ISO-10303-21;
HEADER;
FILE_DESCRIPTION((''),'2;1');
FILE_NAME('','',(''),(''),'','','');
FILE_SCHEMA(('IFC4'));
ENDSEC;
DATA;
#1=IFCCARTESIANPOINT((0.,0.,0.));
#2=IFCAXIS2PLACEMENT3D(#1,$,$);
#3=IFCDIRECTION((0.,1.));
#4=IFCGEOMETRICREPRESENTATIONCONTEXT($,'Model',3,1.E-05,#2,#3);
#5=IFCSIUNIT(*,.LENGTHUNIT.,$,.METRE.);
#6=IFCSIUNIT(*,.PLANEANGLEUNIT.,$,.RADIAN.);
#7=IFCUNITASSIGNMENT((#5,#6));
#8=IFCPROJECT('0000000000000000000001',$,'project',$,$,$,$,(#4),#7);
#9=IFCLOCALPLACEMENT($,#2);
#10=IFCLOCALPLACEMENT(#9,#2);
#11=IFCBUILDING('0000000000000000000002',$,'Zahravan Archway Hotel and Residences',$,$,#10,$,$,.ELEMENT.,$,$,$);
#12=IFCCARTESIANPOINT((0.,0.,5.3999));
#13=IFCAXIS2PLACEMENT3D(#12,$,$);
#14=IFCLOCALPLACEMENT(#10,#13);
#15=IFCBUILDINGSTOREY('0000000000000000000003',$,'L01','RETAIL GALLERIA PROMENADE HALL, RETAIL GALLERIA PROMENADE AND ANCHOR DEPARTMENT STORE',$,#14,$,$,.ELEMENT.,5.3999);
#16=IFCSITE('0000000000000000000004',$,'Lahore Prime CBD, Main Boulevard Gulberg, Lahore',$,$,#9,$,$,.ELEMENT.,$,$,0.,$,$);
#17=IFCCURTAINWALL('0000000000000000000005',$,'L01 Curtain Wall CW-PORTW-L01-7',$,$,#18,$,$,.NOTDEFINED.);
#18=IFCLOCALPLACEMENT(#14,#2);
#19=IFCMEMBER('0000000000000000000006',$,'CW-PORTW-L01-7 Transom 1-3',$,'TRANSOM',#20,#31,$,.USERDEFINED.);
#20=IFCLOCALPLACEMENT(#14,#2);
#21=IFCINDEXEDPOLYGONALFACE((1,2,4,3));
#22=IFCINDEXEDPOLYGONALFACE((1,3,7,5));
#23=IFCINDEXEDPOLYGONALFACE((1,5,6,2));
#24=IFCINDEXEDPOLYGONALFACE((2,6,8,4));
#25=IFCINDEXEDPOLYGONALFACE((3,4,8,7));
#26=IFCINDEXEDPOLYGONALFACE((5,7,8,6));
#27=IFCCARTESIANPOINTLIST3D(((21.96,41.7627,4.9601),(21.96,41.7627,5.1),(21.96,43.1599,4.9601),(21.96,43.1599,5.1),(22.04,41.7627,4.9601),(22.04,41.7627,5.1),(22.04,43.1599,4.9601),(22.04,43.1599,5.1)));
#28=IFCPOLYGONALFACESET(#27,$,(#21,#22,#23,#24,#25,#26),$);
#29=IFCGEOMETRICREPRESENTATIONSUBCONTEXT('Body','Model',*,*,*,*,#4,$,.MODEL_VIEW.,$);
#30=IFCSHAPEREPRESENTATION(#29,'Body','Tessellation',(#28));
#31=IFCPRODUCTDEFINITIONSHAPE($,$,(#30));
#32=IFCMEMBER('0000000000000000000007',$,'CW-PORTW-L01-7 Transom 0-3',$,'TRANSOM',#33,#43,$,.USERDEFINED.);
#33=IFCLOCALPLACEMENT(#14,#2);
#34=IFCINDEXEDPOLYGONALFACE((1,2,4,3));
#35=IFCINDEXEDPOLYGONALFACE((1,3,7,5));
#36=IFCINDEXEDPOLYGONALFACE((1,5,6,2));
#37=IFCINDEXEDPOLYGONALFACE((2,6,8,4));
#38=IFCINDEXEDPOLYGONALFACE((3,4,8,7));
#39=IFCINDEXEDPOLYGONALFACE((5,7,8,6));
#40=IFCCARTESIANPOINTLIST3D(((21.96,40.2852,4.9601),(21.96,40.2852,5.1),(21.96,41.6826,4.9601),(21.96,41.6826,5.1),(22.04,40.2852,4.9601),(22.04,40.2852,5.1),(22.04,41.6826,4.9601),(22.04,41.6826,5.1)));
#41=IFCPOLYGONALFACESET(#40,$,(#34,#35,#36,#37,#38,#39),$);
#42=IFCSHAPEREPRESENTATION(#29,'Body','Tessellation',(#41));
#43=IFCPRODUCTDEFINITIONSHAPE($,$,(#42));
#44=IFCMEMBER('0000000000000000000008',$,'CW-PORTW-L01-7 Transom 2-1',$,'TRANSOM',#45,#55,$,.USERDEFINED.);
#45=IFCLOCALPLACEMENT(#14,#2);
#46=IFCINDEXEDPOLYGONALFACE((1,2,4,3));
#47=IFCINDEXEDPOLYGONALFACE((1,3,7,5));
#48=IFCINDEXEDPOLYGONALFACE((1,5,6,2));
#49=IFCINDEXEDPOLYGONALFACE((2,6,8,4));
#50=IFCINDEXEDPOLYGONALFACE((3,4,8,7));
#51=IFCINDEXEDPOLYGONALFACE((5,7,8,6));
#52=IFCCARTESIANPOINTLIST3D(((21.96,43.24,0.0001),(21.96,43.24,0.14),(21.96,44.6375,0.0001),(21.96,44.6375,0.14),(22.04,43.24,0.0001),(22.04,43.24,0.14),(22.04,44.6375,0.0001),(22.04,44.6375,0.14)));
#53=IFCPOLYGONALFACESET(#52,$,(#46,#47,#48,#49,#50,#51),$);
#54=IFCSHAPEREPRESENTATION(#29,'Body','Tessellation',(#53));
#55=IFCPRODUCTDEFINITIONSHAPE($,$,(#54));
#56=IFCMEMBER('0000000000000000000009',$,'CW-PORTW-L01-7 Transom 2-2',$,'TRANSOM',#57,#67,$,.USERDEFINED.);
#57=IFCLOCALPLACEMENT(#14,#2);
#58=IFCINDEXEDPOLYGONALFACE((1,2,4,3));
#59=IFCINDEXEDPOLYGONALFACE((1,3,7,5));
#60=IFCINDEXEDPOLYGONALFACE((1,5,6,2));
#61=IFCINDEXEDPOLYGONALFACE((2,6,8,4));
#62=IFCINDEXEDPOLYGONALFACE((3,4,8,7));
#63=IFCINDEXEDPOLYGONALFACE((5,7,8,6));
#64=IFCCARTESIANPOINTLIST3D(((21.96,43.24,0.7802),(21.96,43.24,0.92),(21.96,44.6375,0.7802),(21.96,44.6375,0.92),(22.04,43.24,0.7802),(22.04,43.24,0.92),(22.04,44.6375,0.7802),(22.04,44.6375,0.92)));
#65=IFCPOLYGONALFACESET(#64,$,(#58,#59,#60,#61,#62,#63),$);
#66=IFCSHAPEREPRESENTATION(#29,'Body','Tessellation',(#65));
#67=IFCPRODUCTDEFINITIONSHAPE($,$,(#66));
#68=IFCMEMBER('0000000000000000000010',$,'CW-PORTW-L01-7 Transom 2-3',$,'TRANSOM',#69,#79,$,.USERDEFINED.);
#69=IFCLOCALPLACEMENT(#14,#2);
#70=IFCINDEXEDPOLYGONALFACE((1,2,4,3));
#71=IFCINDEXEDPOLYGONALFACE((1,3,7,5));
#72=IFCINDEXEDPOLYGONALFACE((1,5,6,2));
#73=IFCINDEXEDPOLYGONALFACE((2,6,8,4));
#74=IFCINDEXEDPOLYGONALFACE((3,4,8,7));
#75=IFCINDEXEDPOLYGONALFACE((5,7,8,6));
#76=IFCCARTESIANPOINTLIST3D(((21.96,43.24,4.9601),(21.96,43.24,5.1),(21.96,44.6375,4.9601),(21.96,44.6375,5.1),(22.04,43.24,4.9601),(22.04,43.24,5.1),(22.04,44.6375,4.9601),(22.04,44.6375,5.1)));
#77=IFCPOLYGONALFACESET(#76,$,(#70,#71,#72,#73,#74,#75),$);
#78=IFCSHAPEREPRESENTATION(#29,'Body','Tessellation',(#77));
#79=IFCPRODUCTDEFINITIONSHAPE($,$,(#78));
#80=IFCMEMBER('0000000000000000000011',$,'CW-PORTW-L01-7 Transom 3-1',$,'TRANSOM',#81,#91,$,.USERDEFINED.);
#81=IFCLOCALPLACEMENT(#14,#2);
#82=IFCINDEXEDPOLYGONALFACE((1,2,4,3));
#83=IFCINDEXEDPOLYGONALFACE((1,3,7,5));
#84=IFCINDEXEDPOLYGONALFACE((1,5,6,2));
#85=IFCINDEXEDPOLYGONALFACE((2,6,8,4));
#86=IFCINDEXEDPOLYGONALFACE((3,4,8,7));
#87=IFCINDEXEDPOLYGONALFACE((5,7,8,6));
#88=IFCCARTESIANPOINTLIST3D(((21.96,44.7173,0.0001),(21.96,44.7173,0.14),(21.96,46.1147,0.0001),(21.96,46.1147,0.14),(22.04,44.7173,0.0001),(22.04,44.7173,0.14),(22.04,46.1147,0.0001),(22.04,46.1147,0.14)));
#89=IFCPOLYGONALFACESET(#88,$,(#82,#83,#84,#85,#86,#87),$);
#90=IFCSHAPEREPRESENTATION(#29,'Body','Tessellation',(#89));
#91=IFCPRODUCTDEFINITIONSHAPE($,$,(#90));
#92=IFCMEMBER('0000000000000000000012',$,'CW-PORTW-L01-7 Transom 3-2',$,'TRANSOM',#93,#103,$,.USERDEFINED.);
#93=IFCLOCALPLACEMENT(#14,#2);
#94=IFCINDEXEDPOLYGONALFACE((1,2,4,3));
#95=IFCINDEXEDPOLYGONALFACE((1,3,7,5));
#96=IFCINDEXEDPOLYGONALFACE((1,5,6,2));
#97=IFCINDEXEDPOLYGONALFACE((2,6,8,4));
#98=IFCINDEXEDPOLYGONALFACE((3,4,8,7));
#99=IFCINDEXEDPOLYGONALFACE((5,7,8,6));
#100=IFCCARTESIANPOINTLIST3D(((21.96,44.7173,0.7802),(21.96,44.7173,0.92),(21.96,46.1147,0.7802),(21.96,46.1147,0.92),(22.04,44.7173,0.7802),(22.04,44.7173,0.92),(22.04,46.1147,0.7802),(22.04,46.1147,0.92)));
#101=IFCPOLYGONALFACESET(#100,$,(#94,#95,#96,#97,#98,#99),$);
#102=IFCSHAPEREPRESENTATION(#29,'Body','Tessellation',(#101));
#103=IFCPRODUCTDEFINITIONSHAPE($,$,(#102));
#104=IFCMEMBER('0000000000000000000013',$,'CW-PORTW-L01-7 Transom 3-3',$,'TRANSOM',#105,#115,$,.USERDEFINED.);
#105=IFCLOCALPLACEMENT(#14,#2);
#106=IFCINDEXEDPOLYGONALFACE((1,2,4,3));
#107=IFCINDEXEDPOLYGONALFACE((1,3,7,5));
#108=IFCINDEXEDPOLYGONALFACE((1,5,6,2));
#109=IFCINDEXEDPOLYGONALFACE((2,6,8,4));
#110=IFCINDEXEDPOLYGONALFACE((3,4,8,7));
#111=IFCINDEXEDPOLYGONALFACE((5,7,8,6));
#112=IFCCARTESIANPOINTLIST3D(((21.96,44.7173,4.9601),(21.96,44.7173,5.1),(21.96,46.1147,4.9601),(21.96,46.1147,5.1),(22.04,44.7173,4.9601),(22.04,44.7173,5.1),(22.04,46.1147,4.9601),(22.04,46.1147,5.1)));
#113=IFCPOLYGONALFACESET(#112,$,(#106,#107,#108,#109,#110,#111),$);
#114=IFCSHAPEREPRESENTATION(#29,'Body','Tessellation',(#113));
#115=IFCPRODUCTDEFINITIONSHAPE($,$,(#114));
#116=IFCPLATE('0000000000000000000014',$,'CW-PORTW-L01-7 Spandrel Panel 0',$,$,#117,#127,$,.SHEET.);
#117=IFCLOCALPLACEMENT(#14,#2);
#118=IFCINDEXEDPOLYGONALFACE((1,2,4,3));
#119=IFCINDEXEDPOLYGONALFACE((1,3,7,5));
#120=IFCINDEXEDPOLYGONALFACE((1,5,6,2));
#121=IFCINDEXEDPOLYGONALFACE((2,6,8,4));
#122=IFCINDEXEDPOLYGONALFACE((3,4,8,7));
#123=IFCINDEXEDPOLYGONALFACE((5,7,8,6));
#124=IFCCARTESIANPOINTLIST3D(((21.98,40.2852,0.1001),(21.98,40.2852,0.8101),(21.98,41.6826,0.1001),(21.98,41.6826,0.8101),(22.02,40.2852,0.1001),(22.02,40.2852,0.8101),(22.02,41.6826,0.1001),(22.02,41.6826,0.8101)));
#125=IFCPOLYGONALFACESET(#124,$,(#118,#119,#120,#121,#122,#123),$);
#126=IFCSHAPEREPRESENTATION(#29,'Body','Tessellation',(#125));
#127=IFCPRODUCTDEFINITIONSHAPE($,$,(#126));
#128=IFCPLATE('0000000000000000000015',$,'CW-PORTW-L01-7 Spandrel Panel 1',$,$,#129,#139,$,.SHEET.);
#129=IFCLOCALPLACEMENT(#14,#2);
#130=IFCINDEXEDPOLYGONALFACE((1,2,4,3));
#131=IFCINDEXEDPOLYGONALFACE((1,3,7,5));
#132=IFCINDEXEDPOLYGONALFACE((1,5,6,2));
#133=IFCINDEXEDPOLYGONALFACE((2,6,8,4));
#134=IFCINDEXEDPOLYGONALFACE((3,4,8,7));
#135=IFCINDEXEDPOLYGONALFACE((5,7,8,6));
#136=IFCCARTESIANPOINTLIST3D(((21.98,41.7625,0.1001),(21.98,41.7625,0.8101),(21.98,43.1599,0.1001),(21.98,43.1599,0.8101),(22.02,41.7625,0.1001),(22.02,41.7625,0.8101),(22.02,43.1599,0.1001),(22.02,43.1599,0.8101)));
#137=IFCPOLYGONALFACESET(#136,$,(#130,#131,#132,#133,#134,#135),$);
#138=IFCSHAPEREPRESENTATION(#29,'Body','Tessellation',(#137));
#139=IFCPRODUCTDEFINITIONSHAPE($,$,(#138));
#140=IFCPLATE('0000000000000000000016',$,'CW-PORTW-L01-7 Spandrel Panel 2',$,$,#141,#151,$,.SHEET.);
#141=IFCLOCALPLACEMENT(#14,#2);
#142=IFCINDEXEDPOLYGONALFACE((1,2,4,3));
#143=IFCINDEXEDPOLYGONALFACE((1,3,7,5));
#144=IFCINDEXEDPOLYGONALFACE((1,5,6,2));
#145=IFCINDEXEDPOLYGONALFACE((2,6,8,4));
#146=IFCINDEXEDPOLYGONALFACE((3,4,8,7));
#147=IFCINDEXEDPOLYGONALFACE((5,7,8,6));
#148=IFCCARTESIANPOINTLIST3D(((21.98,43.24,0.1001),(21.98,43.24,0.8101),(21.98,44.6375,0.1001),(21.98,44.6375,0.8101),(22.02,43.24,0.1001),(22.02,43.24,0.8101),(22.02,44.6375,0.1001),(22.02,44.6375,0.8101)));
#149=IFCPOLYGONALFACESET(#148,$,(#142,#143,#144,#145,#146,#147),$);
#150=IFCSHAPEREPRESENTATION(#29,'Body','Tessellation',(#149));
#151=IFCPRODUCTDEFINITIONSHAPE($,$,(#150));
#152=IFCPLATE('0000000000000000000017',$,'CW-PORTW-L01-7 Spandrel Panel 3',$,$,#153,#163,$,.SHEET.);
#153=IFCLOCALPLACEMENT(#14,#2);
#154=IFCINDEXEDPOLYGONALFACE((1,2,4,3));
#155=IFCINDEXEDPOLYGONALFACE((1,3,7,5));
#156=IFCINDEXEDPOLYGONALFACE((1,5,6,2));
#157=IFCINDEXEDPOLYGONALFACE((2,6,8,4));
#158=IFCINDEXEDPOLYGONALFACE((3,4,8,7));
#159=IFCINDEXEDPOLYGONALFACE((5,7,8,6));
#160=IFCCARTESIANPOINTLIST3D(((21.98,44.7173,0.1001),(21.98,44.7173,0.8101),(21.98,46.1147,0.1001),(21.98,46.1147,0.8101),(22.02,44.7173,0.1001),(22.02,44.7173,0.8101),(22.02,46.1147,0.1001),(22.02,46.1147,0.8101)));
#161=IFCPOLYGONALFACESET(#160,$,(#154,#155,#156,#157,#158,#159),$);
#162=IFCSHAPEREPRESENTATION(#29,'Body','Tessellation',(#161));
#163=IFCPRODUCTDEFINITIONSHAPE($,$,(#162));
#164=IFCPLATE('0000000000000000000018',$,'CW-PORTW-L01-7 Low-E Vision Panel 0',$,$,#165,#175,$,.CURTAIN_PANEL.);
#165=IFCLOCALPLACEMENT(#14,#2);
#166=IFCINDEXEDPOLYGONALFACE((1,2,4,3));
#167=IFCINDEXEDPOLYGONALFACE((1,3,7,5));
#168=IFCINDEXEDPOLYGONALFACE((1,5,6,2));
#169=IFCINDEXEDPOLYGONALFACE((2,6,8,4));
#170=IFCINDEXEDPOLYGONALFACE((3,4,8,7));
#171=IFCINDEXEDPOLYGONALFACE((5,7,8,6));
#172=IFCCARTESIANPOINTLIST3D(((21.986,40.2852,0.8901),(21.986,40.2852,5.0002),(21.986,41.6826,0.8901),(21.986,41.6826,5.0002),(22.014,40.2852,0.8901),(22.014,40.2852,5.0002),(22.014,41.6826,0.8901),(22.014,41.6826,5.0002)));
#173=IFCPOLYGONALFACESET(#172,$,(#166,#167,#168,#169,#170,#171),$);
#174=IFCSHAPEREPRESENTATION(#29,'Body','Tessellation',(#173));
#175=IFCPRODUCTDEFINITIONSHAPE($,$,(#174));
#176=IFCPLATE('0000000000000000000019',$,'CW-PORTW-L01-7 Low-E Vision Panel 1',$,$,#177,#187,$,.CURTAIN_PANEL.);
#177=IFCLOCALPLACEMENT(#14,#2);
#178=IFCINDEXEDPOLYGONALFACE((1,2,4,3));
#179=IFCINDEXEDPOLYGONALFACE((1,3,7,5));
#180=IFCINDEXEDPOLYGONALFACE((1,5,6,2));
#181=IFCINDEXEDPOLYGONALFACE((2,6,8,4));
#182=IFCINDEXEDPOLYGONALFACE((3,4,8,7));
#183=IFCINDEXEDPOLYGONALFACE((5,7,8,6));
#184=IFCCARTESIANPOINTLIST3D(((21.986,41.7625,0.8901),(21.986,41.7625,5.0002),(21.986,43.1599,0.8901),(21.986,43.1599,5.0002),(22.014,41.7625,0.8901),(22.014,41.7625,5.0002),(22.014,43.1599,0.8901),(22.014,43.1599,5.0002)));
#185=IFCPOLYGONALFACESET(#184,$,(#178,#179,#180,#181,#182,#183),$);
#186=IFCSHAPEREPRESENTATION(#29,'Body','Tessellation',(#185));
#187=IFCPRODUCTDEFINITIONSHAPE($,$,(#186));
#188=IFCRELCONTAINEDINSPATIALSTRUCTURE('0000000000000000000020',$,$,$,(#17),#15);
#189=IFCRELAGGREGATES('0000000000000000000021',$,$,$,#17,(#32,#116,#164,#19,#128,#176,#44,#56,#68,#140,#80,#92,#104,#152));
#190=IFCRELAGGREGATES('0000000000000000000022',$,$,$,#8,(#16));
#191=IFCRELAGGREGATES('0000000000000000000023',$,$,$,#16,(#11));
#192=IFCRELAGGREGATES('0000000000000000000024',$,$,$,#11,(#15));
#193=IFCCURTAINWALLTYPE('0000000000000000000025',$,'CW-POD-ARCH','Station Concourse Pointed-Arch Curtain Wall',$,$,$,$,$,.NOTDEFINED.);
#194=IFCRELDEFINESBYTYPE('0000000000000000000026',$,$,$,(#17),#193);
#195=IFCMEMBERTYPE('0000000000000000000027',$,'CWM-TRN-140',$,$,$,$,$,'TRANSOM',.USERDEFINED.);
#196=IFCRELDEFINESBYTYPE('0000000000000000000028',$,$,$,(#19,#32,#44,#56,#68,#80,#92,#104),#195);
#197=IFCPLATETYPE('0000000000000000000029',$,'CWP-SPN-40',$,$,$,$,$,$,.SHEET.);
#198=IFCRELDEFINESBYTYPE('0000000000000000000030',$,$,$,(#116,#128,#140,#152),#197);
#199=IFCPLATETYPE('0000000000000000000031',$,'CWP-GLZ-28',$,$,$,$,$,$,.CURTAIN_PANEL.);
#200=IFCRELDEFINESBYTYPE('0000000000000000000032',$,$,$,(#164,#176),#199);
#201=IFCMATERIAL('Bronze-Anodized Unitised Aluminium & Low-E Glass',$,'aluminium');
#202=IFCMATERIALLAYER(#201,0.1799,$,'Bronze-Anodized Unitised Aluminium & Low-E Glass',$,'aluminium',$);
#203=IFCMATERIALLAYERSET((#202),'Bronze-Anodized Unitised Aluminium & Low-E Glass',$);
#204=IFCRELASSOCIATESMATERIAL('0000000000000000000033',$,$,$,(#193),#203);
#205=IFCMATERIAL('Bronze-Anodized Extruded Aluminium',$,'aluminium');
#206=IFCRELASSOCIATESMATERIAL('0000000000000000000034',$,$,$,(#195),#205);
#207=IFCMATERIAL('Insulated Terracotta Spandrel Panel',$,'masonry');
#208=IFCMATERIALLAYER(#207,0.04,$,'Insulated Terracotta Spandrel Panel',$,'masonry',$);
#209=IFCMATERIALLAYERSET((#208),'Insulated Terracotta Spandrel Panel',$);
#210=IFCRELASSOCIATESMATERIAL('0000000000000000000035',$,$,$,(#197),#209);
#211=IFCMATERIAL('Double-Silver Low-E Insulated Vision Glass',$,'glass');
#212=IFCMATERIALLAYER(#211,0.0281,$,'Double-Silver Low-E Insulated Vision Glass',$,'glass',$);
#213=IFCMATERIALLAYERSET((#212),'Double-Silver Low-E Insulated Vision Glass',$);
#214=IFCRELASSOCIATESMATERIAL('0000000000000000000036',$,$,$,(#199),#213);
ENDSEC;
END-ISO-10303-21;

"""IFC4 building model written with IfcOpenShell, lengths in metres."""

from ifc_helpers import new_model, si_unit, direction, frame, origin, origin_2d, place, context, subcontext, project, spatial, rectangle, extrude, source, transform, mapped, material, layer, layer_set, material_profile, profile_set, type_object, element, aggregate, save


model = new_model("IFC4")

# Units and contexts
model_context = context("Model", 3, precision=1e-05, world=origin(), true_north=direction((0.0, 1.0)))
body_context = subcontext(model_context, "Body", "Model", "MODEL_VIEW")
ifc_project = project(units=[si_unit("LENGTHUNIT", "METRE"), si_unit("PLANEANGLEUNIT", "RADIAN")], contexts=[model_context])

# Site, building, storey
site_placement = place(None, origin())
site = spatial("IfcSite", under=ifc_project, at=site_placement, Name="Lahore Prime CBD, Main Boulevard Gulberg, Lahore", CompositionType="ELEMENT", RefElevation=0.0)
building_placement = place(site_placement, origin())
building = spatial("IfcBuilding", under=site, at=building_placement, Name="Zahravan Archway Hotel and Residences", CompositionType="ELEMENT")
storey_placement = place(building_placement, frame((0.0, 0.0, 5.3999)))
storey = spatial("IfcBuildingStorey", under=building, at=storey_placement, Name="L01", Description="RETAIL GALLERIA PROMENADE HALL, RETAIL GALLERIA PROMENADE AND ANCHOR DEPARTMENT STORE", CompositionType="ELEMENT", Elevation=5.3999)

# Curtain wall, members, plates
ifc_material_1 = material(Name="Bronze-Anodized Unitised Aluminium & Low-E Glass", Category="aluminium")
ifc_layer_1 = layer(ifc_material_1, 0.1799, Name="Bronze-Anodized Unitised Aluminium & Low-E Glass", Category="aluminium")
ifc_layer_set_1 = layer_set([ifc_layer_1], Name="Bronze-Anodized Unitised Aluminium & Low-E Glass")
curtain_wall_type = type_object("IfcCurtainWallType", Name="CW-POD-ARCH", Description="Station Concourse Pointed-Arch Curtain Wall", PredefinedType="NOTDEFINED", material=ifc_layer_set_1)
curtain_wall_placement = place(storey_placement, origin())
curtain_wall = element("IfcCurtainWall", 1, at=curtain_wall_placement, inside=storey, type_object=curtain_wall_type, Name="L01 Curtain Wall CW-PORTW-L01-7", PredefinedType="NOTDEFINED")
ifc_material_2 = material(Name="Bronze-Anodized Extruded Aluminium", Category="aluminium")
ifc_material_profile_1 = material_profile(ifc_material_2, rectangle(XDim=0.0801, YDim=0.1399, at=origin_2d()), Name="TRN 80x140", Category="aluminium")
ifc_profile_set_1 = profile_set([ifc_material_profile_1], Name="Bronze-Anodized Extruded Aluminium")
member_type_1 = type_object("IfcMemberType", Name="CWM-TRN-140", ElementType="TRANSOM", PredefinedType="USERDEFINED", material=ifc_profile_set_1)
shared_shape_1 = source(origin(), body_context, "Body", "SweptSolid", [
    extrude(rectangle(XDim=0.0801, YDim=0.1399, at=origin_2d()), origin(), (0.0, 0.0, 1.0), 1.3972),
])
member_1_placement = place(storey_placement, frame((22.0, 41.7627, 5.03), z_axis=(0.0, 1.0, 0.0), x_axis=(-1.0, 0.0, 0.0)))
member_1 = element("IfcMember", 2, at=member_1_placement, type_object=member_type_1, Name="CW-PORTW-L01-7 Transom 1-3", ObjectType="TRANSOM", PredefinedType="USERDEFINED", context=body_context, shape_type="MappedRepresentation", body=[
    mapped(shared_shape_1, transform((0.0, 0.0, 0.0), scale=1.0)),
])
shared_shape_2 = source(origin(), body_context, "Body", "SweptSolid", [
    extrude(rectangle(XDim=0.0801, YDim=0.1399, at=origin_2d()), origin(), (0.0, 0.0, 1.0), 1.3975),
])
member_2_placement = place(storey_placement, frame((22.0, 40.2852, 5.03), z_axis=(0.0, 1.0, 0.0), x_axis=(-1.0, 0.0, 0.0)))
member_2 = element("IfcMember", 3, at=member_2_placement, type_object=member_type_1, Name="CW-PORTW-L01-7 Transom 0-3", ObjectType="TRANSOM", PredefinedType="USERDEFINED", context=body_context, shape_type="MappedRepresentation", body=[
    mapped(shared_shape_2, transform((0.0, 0.0, 0.0), scale=1.0)),
])
member_3_placement = place(storey_placement, frame((22.0, 43.24, 0.0701), z_axis=(0.0, 1.0, 0.0), x_axis=(-1.0, 0.0, 0.0)))
member_3 = element("IfcMember", 4, at=member_3_placement, type_object=member_type_1, Name="CW-PORTW-L01-7 Transom 2-1", ObjectType="TRANSOM", PredefinedType="USERDEFINED", context=body_context, shape_type="MappedRepresentation", body=[
    mapped(shared_shape_2, transform((0.0, 0.0, 0.0), scale=1.0)),
])
member_4_placement = place(storey_placement, frame((22.0, 43.24, 0.8501), z_axis=(0.0, 1.0, 0.0), x_axis=(-1.0, 0.0, 0.0)))
member_4 = element("IfcMember", 5, at=member_4_placement, type_object=member_type_1, Name="CW-PORTW-L01-7 Transom 2-2", ObjectType="TRANSOM", PredefinedType="USERDEFINED", context=body_context, shape_type="MappedRepresentation", body=[
    mapped(shared_shape_2, transform((0.0, 0.0, 0.0), scale=1.0)),
])
member_5_placement = place(storey_placement, frame((22.0, 43.24, 5.03), z_axis=(0.0, 1.0, 0.0), x_axis=(-1.0, 0.0, 0.0)))
member_5 = element("IfcMember", 6, at=member_5_placement, type_object=member_type_1, Name="CW-PORTW-L01-7 Transom 2-3", ObjectType="TRANSOM", PredefinedType="USERDEFINED", context=body_context, shape_type="MappedRepresentation", body=[
    mapped(shared_shape_2, transform((0.0, 0.0, 0.0), scale=1.0)),
])
member_6_placement = place(storey_placement, frame((22.0, 44.7173, 0.0701), z_axis=(0.0, 1.0, 0.0), x_axis=(-1.0, 0.0, 0.0)))
member_6 = element("IfcMember", 7, at=member_6_placement, type_object=member_type_1, Name="CW-PORTW-L01-7 Transom 3-1", ObjectType="TRANSOM", PredefinedType="USERDEFINED", context=body_context, shape_type="MappedRepresentation", body=[
    mapped(shared_shape_2, transform((0.0, 0.0, 0.0), scale=1.0)),
])
member_7_placement = place(storey_placement, frame((22.0, 44.7173, 0.8501), z_axis=(0.0, 1.0, 0.0), x_axis=(-1.0, 0.0, 0.0)))
member_7 = element("IfcMember", 8, at=member_7_placement, type_object=member_type_1, Name="CW-PORTW-L01-7 Transom 3-2", ObjectType="TRANSOM", PredefinedType="USERDEFINED", context=body_context, shape_type="MappedRepresentation", body=[
    mapped(shared_shape_2, transform((0.0, 0.0, 0.0), scale=1.0)),
])
member_8_placement = place(storey_placement, frame((22.0, 44.7173, 5.03), z_axis=(0.0, 1.0, 0.0), x_axis=(-1.0, 0.0, 0.0)))
member_8 = element("IfcMember", 9, at=member_8_placement, type_object=member_type_1, Name="CW-PORTW-L01-7 Transom 3-3", ObjectType="TRANSOM", PredefinedType="USERDEFINED", context=body_context, shape_type="MappedRepresentation", body=[
    mapped(shared_shape_2, transform((0.0, 0.0, 0.0), scale=1.0)),
])
ifc_material_3 = material(Name="Insulated Terracotta Spandrel Panel", Category="masonry")
ifc_layer_2 = layer(ifc_material_3, 0.04, Name="Insulated Terracotta Spandrel Panel", Category="masonry")
ifc_layer_set_2 = layer_set([ifc_layer_2], Name="Insulated Terracotta Spandrel Panel")
plate_type_1 = type_object("IfcPlateType", Name="CWP-SPN-40", PredefinedType="SHEET", material=ifc_layer_set_2)
shared_shape_3 = source(origin(), body_context, "Body", "SweptSolid", [
    extrude(rectangle(XDim=1.3975, YDim=0.04, at=origin_2d()), origin(), (0.0, 0.0, 1.0), 0.71),
])
plate_1_placement = place(storey_placement, frame((22.0, 40.9839, 0.1001), z_axis=(0.0, 0.0, 1.0), x_axis=(0.0, 1.0, 0.0)))
plate_1 = element("IfcPlate", 10, at=plate_1_placement, type_object=plate_type_1, Name="CW-PORTW-L01-7 Spandrel Panel 0", PredefinedType="SHEET", context=body_context, shape_type="MappedRepresentation", body=[
    mapped(shared_shape_3, transform((0.0, 0.0, 0.0), scale=1.0)),
])
plate_2_placement = place(storey_placement, frame((22.0, 42.4612, 0.1001), z_axis=(0.0, 0.0, 1.0), x_axis=(0.0, 1.0, 0.0)))
plate_2 = element("IfcPlate", 11, at=plate_2_placement, type_object=plate_type_1, Name="CW-PORTW-L01-7 Spandrel Panel 1", PredefinedType="SHEET", context=body_context, shape_type="MappedRepresentation", body=[
    mapped(shared_shape_3, transform((0.0, 0.0, 0.0), scale=1.0)),
])
plate_3_placement = place(storey_placement, frame((22.0, 43.9387, 0.1001), z_axis=(0.0, 0.0, 1.0), x_axis=(0.0, 1.0, 0.0)))
plate_3 = element("IfcPlate", 12, at=plate_3_placement, type_object=plate_type_1, Name="CW-PORTW-L01-7 Spandrel Panel 2", PredefinedType="SHEET", context=body_context, shape_type="MappedRepresentation", body=[
    mapped(shared_shape_3, transform((0.0, 0.0, 0.0), scale=1.0)),
])
plate_4_placement = place(storey_placement, frame((22.0, 45.416, 0.1001), z_axis=(0.0, 0.0, 1.0), x_axis=(0.0, 1.0, 0.0)))
plate_4 = element("IfcPlate", 13, at=plate_4_placement, type_object=plate_type_1, Name="CW-PORTW-L01-7 Spandrel Panel 3", PredefinedType="SHEET", context=body_context, shape_type="MappedRepresentation", body=[
    mapped(shared_shape_3, transform((0.0, 0.0, 0.0), scale=1.0)),
])
ifc_material_4 = material(Name="Double-Silver Low-E Insulated Vision Glass", Category="glass")
ifc_layer_3 = layer(ifc_material_4, 0.0281, Name="Double-Silver Low-E Insulated Vision Glass", Category="glass")
ifc_layer_set_3 = layer_set([ifc_layer_3], Name="Double-Silver Low-E Insulated Vision Glass")
plate_type_2 = type_object("IfcPlateType", Name="CWP-GLZ-28", PredefinedType="CURTAIN_PANEL", material=ifc_layer_set_3)
shared_shape_4 = source(origin(), body_context, "Body", "SweptSolid", [
    extrude(rectangle(XDim=1.3975, YDim=0.0281, at=origin_2d()), origin(), (0.0, 0.0, 1.0), 4.1101),
])
plate_5_placement = place(storey_placement, frame((22.0, 40.9839, 0.8901), z_axis=(0.0, 0.0, 1.0), x_axis=(0.0, 1.0, 0.0)))
plate_5 = element("IfcPlate", 14, at=plate_5_placement, type_object=plate_type_2, Name="CW-PORTW-L01-7 Low-E Vision Panel 0", PredefinedType="CURTAIN_PANEL", context=body_context, shape_type="MappedRepresentation", body=[
    mapped(shared_shape_4, transform((0.0, 0.0, 0.0), scale=1.0)),
])
plate_6_placement = place(storey_placement, frame((22.0, 42.4612, 0.8901), z_axis=(0.0, 0.0, 1.0), x_axis=(0.0, 1.0, 0.0)))
plate_6 = element("IfcPlate", 15, at=plate_6_placement, type_object=plate_type_2, Name="CW-PORTW-L01-7 Low-E Vision Panel 1", PredefinedType="CURTAIN_PANEL", context=body_context, shape_type="MappedRepresentation", body=[
    mapped(shared_shape_4, transform((0.0, 0.0, 0.0), scale=1.0)),
])
aggregate(curtain_wall, [member_2, plate_1, plate_5, member_1, plate_2, plate_6, member_3, member_4, member_5, plate_3, member_6, member_7, member_8, plate_4])

save(model, "model.ifc")
